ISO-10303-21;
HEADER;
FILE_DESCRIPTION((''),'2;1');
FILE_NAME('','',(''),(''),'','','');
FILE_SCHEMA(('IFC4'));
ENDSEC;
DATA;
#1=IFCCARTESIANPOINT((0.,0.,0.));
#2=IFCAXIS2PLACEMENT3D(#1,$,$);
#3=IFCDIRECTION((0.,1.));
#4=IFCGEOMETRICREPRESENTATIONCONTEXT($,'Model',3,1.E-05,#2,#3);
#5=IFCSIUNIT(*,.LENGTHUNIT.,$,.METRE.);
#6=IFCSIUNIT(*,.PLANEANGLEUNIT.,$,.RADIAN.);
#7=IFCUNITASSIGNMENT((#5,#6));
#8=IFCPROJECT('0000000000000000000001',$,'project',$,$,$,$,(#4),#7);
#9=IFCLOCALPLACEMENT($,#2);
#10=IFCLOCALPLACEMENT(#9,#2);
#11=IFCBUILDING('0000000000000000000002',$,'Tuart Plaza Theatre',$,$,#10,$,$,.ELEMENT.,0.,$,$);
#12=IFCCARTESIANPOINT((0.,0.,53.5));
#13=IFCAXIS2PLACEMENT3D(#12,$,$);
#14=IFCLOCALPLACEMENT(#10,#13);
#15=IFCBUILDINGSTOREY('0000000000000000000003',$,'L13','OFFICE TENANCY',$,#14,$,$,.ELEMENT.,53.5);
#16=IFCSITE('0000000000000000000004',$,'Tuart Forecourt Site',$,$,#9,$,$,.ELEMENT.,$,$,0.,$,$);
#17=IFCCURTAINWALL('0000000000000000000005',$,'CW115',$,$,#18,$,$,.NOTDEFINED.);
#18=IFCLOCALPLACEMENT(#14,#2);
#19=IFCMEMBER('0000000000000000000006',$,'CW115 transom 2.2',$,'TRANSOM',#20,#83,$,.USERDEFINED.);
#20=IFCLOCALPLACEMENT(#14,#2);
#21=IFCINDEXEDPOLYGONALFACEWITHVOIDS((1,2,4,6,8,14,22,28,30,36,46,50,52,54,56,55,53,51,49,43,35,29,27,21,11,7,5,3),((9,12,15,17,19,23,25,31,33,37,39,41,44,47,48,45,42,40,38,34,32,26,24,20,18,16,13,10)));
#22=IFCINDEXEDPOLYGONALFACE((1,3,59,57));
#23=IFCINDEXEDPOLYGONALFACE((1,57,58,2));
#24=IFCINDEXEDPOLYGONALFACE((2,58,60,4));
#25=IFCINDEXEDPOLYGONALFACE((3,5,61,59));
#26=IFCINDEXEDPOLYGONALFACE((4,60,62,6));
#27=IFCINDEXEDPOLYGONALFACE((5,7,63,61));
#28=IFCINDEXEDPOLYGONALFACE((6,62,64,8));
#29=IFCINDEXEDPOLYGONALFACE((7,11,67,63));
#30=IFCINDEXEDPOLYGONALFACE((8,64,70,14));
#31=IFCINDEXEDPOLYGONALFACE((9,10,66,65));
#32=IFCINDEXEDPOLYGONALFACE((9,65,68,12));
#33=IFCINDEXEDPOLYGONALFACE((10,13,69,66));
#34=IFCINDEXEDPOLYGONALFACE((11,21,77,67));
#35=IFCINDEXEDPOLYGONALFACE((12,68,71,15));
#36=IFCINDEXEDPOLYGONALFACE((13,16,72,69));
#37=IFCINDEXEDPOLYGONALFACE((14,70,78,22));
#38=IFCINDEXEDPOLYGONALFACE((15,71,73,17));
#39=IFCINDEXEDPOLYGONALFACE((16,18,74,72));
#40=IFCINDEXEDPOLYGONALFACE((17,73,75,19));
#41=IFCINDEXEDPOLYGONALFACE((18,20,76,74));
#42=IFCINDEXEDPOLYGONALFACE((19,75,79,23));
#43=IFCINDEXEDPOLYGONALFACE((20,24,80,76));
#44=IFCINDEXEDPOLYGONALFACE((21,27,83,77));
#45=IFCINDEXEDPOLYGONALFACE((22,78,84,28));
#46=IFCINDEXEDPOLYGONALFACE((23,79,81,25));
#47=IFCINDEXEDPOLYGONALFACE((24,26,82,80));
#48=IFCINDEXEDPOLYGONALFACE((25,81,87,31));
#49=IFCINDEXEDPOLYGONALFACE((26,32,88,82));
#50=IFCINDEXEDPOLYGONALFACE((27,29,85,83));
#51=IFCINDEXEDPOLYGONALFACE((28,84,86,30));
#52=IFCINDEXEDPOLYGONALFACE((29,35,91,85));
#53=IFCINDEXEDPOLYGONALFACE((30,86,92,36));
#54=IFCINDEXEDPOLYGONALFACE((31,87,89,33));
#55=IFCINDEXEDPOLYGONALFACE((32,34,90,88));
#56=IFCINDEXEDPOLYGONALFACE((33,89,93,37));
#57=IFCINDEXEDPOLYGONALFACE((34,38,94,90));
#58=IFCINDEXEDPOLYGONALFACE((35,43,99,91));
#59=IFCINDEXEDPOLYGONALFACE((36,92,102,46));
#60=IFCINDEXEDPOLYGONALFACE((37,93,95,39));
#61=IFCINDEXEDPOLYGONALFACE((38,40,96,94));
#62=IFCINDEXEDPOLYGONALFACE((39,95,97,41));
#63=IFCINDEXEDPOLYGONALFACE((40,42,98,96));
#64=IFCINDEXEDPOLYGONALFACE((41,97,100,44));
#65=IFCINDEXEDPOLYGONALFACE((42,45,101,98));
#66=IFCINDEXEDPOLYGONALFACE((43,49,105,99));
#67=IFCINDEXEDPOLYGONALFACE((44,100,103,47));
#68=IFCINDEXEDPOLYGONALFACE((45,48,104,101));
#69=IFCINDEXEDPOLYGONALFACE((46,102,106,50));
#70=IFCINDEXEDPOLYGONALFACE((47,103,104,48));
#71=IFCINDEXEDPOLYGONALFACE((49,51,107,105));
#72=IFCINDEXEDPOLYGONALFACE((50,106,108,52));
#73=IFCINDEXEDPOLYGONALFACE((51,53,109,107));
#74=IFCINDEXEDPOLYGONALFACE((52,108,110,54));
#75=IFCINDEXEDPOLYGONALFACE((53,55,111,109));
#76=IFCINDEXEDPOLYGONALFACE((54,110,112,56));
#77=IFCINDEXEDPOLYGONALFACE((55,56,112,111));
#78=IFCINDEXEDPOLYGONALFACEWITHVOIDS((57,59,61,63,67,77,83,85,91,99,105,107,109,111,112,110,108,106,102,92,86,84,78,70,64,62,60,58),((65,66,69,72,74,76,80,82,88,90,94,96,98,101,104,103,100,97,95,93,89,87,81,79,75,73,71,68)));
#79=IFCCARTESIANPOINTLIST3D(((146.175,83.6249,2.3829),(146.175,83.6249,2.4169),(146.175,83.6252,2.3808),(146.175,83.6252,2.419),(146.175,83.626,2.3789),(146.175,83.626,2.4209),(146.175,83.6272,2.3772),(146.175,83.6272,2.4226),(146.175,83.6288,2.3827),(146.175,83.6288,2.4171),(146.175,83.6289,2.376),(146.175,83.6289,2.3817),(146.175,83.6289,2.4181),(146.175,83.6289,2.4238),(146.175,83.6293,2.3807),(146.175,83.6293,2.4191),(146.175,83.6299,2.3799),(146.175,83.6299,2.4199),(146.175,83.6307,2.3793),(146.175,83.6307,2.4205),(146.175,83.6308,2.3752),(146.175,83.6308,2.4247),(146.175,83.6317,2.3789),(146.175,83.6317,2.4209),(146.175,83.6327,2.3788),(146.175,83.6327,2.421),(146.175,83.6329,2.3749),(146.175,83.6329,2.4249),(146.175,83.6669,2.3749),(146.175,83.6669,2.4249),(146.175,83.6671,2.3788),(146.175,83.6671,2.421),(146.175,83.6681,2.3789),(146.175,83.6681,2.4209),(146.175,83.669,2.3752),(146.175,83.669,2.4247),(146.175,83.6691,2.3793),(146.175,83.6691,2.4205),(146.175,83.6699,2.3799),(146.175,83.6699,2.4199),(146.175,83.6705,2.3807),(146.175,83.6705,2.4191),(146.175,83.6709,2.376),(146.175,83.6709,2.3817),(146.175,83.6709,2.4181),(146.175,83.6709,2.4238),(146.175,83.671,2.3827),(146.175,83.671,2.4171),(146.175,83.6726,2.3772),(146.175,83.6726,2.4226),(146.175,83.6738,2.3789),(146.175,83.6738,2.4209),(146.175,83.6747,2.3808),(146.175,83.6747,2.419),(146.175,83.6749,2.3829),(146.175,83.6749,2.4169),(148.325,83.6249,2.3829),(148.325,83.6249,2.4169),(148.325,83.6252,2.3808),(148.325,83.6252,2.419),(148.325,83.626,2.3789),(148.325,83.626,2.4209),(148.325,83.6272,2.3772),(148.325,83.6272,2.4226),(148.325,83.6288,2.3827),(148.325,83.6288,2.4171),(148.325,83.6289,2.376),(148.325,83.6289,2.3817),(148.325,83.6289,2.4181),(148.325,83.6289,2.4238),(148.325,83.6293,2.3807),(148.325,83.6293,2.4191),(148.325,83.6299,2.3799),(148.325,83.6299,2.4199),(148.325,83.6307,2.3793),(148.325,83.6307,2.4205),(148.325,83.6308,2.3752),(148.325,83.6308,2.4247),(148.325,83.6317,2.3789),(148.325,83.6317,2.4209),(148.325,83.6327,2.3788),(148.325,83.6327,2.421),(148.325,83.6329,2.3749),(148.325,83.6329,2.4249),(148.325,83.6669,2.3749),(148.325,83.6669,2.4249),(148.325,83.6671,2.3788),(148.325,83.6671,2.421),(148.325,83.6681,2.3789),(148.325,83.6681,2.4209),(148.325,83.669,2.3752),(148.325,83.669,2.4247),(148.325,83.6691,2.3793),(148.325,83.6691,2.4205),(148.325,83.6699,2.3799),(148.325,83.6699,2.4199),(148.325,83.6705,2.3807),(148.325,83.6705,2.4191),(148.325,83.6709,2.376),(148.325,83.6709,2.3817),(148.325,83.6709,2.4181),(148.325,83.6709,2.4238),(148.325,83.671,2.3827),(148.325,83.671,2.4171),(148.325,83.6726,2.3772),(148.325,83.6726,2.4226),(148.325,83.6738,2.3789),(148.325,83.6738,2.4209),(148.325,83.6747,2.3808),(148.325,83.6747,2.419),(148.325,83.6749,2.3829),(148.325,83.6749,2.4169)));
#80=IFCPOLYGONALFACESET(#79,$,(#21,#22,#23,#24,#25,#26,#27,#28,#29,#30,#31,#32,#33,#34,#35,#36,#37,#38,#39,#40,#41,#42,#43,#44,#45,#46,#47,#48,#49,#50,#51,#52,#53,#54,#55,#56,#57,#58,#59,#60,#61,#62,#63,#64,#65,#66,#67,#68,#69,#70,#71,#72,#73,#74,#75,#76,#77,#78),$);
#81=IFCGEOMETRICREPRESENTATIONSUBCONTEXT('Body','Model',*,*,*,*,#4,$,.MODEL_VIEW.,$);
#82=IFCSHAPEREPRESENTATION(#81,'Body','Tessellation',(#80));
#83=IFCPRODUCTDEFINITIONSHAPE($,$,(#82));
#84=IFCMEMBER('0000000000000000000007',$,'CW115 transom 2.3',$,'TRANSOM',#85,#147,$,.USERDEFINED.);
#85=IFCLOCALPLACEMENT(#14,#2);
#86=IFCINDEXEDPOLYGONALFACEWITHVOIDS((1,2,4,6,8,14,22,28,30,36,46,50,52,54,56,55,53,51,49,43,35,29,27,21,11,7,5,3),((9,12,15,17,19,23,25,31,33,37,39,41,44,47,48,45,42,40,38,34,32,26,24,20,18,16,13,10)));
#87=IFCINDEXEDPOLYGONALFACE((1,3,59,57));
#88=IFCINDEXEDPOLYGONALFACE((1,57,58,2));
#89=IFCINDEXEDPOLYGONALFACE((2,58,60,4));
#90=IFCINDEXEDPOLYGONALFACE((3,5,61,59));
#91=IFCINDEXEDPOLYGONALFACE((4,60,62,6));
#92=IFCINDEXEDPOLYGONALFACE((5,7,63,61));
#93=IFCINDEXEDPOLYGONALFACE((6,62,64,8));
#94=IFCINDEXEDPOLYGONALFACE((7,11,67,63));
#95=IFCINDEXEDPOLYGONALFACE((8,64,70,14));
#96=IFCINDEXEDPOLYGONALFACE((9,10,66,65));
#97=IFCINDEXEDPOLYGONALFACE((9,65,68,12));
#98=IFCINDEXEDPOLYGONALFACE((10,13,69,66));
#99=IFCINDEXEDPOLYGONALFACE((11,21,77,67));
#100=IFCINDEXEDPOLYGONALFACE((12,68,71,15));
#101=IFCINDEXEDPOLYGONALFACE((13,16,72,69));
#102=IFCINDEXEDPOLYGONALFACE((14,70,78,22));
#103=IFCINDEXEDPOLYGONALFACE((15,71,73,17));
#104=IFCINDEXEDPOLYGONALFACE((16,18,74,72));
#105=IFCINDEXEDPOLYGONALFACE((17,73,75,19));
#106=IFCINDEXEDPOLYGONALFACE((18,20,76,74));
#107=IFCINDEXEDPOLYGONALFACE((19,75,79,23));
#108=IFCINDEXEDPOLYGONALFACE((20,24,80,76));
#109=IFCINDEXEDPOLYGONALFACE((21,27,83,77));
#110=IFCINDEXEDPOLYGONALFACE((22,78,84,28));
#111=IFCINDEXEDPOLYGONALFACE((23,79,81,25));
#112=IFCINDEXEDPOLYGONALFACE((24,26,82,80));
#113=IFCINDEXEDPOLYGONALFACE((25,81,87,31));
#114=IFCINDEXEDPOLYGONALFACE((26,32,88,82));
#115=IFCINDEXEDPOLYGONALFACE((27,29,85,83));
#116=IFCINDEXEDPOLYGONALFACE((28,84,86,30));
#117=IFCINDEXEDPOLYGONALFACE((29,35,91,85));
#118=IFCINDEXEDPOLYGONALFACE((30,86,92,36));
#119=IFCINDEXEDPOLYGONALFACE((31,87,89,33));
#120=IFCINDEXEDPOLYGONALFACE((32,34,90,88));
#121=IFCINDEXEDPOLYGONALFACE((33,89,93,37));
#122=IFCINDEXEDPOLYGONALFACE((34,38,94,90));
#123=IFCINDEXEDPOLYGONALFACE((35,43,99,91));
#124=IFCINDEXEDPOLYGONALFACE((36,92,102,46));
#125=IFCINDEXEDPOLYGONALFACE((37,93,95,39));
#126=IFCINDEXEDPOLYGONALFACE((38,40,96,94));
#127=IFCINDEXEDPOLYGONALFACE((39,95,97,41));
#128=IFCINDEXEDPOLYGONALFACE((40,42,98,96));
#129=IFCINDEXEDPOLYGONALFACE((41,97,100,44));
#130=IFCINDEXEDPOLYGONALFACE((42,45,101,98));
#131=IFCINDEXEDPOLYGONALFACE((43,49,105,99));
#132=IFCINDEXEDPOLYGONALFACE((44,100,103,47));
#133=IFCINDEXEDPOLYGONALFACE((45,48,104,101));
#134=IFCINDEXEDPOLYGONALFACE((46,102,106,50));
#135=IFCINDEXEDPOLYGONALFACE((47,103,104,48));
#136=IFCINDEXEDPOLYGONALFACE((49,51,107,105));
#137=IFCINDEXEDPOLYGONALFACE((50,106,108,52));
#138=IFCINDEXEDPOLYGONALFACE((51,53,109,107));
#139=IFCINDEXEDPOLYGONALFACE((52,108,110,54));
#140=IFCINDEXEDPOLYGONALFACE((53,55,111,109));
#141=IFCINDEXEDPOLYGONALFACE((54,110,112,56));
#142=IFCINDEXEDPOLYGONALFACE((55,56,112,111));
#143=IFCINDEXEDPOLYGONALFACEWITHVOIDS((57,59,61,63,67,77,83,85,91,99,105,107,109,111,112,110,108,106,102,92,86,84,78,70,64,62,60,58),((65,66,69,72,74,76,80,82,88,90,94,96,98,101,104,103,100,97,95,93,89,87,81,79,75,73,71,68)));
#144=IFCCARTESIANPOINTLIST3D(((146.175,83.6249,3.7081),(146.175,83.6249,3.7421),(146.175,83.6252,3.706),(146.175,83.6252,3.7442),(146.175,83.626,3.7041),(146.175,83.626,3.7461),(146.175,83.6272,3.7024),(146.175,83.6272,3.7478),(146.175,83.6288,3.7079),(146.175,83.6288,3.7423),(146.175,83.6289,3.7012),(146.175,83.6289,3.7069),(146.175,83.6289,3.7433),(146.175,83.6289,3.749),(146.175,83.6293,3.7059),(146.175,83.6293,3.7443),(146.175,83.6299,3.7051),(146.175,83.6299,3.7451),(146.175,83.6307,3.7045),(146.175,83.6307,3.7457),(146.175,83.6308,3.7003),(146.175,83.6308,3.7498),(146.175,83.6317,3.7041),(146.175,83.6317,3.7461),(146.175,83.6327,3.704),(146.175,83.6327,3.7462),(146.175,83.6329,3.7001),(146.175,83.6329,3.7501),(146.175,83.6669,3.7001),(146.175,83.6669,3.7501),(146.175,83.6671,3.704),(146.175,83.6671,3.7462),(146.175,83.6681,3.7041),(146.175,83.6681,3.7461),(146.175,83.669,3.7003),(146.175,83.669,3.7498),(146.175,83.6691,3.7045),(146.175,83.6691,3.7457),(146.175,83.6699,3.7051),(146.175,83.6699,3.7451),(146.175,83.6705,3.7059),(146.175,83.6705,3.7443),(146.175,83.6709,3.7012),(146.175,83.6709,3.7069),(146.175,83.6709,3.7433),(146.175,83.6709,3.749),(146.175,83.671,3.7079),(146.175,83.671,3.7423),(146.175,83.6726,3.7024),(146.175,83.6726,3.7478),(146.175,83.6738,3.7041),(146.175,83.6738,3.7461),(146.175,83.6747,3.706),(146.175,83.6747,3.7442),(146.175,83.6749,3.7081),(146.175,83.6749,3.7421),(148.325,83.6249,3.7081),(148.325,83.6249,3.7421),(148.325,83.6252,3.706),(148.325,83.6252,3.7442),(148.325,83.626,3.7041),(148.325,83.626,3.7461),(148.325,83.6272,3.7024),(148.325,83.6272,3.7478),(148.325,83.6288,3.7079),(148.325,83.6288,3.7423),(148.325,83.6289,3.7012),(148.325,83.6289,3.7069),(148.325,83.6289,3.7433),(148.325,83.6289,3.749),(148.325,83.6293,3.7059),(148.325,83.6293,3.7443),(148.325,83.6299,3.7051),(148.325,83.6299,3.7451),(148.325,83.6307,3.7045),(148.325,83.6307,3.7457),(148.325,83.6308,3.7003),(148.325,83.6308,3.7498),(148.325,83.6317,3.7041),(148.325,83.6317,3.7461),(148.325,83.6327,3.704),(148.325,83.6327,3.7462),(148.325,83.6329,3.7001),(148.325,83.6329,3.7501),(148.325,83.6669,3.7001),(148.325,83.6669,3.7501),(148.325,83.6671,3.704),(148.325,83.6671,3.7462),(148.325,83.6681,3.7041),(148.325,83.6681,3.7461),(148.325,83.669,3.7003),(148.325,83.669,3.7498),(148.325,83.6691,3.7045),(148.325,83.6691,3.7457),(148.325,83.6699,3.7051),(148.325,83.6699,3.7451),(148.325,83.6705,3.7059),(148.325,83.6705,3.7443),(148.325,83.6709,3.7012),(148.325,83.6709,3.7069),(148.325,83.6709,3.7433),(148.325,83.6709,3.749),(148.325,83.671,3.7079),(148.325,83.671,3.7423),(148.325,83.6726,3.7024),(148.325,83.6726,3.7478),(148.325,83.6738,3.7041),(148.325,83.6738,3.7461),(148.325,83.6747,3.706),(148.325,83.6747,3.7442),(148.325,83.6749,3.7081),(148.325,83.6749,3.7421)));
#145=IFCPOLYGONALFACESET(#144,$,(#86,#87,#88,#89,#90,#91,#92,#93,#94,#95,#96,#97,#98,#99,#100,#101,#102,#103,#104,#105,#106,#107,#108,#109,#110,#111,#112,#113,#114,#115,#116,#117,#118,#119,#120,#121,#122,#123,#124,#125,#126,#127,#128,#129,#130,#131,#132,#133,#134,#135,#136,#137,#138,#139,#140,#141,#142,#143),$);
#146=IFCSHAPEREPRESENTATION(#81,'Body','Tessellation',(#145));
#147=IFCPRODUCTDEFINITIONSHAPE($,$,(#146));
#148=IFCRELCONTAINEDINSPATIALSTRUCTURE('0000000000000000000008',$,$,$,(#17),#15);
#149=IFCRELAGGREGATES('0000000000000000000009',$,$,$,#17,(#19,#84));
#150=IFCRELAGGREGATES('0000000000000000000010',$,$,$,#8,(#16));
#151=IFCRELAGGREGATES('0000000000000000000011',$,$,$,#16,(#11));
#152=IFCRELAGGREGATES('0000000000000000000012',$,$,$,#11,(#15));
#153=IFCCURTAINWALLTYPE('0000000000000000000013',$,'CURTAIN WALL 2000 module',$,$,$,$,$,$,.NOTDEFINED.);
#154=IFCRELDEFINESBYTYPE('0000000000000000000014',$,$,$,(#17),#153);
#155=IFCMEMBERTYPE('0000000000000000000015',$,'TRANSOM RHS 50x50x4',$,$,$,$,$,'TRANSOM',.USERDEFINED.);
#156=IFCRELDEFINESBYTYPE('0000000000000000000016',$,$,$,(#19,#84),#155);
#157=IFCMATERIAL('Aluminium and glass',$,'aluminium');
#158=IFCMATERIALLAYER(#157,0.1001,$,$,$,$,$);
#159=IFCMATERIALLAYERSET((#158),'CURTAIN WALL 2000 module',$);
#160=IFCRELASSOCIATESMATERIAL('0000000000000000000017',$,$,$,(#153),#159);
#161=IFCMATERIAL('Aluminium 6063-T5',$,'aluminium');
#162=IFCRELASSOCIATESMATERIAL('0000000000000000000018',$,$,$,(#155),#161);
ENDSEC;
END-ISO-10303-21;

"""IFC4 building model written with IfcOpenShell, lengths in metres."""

from ifc_helpers import new_model, si_unit, direction, frame, origin, origin_2d, place, context, subcontext, project, spatial, hollow_rectangle, extrude, material, layer, layer_set, material_profile, profile_set, type_object, element, aggregate, save


model = new_model("IFC4")

# Units and contexts
model_context = context("Model", 3, precision=1e-05, world=origin(), true_north=direction((0.0, 1.0)))
body_context = subcontext(model_context, "Body", "Model", "MODEL_VIEW")
ifc_project = project(units=[si_unit("LENGTHUNIT", "METRE"), si_unit("PLANEANGLEUNIT", "RADIAN")], contexts=[model_context])

# Site, building, storey
site_placement = place(None, origin())
site = spatial("IfcSite", under=ifc_project, at=site_placement, Name="Tuart Forecourt Site", CompositionType="ELEMENT", RefElevation=0.0)
building_placement = place(site_placement, origin())
building = spatial("IfcBuilding", under=site, at=building_placement, Name="Tuart Plaza Theatre", CompositionType="ELEMENT", ElevationOfRefHeight=0.0)
storey_placement = place(building_placement, frame((0.0, 0.0, 53.5)))
storey = spatial("IfcBuildingStorey", under=building, at=storey_placement, Name="L13", Description="OFFICE TENANCY", CompositionType="ELEMENT", Elevation=53.5)

# Curtain wall
ifc_material_1 = material(Name="Aluminium and glass", Category="aluminium")
ifc_layer_1 = layer(ifc_material_1, 0.1001)
ifc_layer_set_1 = layer_set([ifc_layer_1], Name="CURTAIN WALL 2000 module")
curtain_wall_type = type_object("IfcCurtainWallType", Name="CURTAIN WALL 2000 module", PredefinedType="NOTDEFINED", material=ifc_layer_set_1)
curtain_wall_1_placement = place(storey_placement, origin())
curtain_wall_1 = element("IfcCurtainWall", 1, at=curtain_wall_1_placement, inside=storey, type_object=curtain_wall_type, Name="CW115", PredefinedType="NOTDEFINED")

# Members
ifc_material_2 = material(Name="Aluminium 6063-T5", Category="aluminium")
ifc_material_profile_1 = material_profile(ifc_material_2, hollow_rectangle(XDim=0.05, YDim=0.05, WallThickness=0.0039, InnerFilletRadius=0.0039, OuterFilletRadius=0.0081, at=origin_2d()), Name="RHS 50x50x4")
ifc_profile_set_1 = profile_set([ifc_material_profile_1], Name="Aluminium 6063-T5")
member_type_1 = type_object("IfcMemberType", Name="TRANSOM RHS 50x50x4", ElementType="TRANSOM", PredefinedType="USERDEFINED", material=ifc_profile_set_1)
member_1_placement = place(storey_placement, frame((148.325, 83.6499, 2.3999), z_axis=(-1.0, 0.0, 0.0), x_axis=(0.0, -1.0, 0.0)))
member_1 = element("IfcMember", 2, at=member_1_placement, type_object=member_type_1, Name="CW115 transom 2.2", ObjectType="TRANSOM", PredefinedType="USERDEFINED", context=body_context, shape_type="SweptSolid", body=[
    extrude(hollow_rectangle(XDim=0.05, YDim=0.05, WallThickness=0.0039, InnerFilletRadius=0.0039, OuterFilletRadius=0.0081, at=origin_2d()), origin(), (0.0, 0.0, 1.0), 2.1499),
])
member_2_placement = place(storey_placement, frame((148.325, 83.6499, 3.7251), z_axis=(-1.0, 0.0, 0.0), x_axis=(0.0, -1.0, 0.0)))
member_2 = element("IfcMember", 3, at=member_2_placement, type_object=member_type_1, Name="CW115 transom 2.3", ObjectType="TRANSOM", PredefinedType="USERDEFINED", context=body_context, shape_type="SweptSolid", body=[
    extrude(hollow_rectangle(XDim=0.05, YDim=0.05, WallThickness=0.0039, InnerFilletRadius=0.0039, OuterFilletRadius=0.0081, at=origin_2d()), origin(), (0.0, 0.0, 1.0), 2.1499),
])

aggregate(curtain_wall_1, [member_1, member_2])

save(model, "model.ifc")
